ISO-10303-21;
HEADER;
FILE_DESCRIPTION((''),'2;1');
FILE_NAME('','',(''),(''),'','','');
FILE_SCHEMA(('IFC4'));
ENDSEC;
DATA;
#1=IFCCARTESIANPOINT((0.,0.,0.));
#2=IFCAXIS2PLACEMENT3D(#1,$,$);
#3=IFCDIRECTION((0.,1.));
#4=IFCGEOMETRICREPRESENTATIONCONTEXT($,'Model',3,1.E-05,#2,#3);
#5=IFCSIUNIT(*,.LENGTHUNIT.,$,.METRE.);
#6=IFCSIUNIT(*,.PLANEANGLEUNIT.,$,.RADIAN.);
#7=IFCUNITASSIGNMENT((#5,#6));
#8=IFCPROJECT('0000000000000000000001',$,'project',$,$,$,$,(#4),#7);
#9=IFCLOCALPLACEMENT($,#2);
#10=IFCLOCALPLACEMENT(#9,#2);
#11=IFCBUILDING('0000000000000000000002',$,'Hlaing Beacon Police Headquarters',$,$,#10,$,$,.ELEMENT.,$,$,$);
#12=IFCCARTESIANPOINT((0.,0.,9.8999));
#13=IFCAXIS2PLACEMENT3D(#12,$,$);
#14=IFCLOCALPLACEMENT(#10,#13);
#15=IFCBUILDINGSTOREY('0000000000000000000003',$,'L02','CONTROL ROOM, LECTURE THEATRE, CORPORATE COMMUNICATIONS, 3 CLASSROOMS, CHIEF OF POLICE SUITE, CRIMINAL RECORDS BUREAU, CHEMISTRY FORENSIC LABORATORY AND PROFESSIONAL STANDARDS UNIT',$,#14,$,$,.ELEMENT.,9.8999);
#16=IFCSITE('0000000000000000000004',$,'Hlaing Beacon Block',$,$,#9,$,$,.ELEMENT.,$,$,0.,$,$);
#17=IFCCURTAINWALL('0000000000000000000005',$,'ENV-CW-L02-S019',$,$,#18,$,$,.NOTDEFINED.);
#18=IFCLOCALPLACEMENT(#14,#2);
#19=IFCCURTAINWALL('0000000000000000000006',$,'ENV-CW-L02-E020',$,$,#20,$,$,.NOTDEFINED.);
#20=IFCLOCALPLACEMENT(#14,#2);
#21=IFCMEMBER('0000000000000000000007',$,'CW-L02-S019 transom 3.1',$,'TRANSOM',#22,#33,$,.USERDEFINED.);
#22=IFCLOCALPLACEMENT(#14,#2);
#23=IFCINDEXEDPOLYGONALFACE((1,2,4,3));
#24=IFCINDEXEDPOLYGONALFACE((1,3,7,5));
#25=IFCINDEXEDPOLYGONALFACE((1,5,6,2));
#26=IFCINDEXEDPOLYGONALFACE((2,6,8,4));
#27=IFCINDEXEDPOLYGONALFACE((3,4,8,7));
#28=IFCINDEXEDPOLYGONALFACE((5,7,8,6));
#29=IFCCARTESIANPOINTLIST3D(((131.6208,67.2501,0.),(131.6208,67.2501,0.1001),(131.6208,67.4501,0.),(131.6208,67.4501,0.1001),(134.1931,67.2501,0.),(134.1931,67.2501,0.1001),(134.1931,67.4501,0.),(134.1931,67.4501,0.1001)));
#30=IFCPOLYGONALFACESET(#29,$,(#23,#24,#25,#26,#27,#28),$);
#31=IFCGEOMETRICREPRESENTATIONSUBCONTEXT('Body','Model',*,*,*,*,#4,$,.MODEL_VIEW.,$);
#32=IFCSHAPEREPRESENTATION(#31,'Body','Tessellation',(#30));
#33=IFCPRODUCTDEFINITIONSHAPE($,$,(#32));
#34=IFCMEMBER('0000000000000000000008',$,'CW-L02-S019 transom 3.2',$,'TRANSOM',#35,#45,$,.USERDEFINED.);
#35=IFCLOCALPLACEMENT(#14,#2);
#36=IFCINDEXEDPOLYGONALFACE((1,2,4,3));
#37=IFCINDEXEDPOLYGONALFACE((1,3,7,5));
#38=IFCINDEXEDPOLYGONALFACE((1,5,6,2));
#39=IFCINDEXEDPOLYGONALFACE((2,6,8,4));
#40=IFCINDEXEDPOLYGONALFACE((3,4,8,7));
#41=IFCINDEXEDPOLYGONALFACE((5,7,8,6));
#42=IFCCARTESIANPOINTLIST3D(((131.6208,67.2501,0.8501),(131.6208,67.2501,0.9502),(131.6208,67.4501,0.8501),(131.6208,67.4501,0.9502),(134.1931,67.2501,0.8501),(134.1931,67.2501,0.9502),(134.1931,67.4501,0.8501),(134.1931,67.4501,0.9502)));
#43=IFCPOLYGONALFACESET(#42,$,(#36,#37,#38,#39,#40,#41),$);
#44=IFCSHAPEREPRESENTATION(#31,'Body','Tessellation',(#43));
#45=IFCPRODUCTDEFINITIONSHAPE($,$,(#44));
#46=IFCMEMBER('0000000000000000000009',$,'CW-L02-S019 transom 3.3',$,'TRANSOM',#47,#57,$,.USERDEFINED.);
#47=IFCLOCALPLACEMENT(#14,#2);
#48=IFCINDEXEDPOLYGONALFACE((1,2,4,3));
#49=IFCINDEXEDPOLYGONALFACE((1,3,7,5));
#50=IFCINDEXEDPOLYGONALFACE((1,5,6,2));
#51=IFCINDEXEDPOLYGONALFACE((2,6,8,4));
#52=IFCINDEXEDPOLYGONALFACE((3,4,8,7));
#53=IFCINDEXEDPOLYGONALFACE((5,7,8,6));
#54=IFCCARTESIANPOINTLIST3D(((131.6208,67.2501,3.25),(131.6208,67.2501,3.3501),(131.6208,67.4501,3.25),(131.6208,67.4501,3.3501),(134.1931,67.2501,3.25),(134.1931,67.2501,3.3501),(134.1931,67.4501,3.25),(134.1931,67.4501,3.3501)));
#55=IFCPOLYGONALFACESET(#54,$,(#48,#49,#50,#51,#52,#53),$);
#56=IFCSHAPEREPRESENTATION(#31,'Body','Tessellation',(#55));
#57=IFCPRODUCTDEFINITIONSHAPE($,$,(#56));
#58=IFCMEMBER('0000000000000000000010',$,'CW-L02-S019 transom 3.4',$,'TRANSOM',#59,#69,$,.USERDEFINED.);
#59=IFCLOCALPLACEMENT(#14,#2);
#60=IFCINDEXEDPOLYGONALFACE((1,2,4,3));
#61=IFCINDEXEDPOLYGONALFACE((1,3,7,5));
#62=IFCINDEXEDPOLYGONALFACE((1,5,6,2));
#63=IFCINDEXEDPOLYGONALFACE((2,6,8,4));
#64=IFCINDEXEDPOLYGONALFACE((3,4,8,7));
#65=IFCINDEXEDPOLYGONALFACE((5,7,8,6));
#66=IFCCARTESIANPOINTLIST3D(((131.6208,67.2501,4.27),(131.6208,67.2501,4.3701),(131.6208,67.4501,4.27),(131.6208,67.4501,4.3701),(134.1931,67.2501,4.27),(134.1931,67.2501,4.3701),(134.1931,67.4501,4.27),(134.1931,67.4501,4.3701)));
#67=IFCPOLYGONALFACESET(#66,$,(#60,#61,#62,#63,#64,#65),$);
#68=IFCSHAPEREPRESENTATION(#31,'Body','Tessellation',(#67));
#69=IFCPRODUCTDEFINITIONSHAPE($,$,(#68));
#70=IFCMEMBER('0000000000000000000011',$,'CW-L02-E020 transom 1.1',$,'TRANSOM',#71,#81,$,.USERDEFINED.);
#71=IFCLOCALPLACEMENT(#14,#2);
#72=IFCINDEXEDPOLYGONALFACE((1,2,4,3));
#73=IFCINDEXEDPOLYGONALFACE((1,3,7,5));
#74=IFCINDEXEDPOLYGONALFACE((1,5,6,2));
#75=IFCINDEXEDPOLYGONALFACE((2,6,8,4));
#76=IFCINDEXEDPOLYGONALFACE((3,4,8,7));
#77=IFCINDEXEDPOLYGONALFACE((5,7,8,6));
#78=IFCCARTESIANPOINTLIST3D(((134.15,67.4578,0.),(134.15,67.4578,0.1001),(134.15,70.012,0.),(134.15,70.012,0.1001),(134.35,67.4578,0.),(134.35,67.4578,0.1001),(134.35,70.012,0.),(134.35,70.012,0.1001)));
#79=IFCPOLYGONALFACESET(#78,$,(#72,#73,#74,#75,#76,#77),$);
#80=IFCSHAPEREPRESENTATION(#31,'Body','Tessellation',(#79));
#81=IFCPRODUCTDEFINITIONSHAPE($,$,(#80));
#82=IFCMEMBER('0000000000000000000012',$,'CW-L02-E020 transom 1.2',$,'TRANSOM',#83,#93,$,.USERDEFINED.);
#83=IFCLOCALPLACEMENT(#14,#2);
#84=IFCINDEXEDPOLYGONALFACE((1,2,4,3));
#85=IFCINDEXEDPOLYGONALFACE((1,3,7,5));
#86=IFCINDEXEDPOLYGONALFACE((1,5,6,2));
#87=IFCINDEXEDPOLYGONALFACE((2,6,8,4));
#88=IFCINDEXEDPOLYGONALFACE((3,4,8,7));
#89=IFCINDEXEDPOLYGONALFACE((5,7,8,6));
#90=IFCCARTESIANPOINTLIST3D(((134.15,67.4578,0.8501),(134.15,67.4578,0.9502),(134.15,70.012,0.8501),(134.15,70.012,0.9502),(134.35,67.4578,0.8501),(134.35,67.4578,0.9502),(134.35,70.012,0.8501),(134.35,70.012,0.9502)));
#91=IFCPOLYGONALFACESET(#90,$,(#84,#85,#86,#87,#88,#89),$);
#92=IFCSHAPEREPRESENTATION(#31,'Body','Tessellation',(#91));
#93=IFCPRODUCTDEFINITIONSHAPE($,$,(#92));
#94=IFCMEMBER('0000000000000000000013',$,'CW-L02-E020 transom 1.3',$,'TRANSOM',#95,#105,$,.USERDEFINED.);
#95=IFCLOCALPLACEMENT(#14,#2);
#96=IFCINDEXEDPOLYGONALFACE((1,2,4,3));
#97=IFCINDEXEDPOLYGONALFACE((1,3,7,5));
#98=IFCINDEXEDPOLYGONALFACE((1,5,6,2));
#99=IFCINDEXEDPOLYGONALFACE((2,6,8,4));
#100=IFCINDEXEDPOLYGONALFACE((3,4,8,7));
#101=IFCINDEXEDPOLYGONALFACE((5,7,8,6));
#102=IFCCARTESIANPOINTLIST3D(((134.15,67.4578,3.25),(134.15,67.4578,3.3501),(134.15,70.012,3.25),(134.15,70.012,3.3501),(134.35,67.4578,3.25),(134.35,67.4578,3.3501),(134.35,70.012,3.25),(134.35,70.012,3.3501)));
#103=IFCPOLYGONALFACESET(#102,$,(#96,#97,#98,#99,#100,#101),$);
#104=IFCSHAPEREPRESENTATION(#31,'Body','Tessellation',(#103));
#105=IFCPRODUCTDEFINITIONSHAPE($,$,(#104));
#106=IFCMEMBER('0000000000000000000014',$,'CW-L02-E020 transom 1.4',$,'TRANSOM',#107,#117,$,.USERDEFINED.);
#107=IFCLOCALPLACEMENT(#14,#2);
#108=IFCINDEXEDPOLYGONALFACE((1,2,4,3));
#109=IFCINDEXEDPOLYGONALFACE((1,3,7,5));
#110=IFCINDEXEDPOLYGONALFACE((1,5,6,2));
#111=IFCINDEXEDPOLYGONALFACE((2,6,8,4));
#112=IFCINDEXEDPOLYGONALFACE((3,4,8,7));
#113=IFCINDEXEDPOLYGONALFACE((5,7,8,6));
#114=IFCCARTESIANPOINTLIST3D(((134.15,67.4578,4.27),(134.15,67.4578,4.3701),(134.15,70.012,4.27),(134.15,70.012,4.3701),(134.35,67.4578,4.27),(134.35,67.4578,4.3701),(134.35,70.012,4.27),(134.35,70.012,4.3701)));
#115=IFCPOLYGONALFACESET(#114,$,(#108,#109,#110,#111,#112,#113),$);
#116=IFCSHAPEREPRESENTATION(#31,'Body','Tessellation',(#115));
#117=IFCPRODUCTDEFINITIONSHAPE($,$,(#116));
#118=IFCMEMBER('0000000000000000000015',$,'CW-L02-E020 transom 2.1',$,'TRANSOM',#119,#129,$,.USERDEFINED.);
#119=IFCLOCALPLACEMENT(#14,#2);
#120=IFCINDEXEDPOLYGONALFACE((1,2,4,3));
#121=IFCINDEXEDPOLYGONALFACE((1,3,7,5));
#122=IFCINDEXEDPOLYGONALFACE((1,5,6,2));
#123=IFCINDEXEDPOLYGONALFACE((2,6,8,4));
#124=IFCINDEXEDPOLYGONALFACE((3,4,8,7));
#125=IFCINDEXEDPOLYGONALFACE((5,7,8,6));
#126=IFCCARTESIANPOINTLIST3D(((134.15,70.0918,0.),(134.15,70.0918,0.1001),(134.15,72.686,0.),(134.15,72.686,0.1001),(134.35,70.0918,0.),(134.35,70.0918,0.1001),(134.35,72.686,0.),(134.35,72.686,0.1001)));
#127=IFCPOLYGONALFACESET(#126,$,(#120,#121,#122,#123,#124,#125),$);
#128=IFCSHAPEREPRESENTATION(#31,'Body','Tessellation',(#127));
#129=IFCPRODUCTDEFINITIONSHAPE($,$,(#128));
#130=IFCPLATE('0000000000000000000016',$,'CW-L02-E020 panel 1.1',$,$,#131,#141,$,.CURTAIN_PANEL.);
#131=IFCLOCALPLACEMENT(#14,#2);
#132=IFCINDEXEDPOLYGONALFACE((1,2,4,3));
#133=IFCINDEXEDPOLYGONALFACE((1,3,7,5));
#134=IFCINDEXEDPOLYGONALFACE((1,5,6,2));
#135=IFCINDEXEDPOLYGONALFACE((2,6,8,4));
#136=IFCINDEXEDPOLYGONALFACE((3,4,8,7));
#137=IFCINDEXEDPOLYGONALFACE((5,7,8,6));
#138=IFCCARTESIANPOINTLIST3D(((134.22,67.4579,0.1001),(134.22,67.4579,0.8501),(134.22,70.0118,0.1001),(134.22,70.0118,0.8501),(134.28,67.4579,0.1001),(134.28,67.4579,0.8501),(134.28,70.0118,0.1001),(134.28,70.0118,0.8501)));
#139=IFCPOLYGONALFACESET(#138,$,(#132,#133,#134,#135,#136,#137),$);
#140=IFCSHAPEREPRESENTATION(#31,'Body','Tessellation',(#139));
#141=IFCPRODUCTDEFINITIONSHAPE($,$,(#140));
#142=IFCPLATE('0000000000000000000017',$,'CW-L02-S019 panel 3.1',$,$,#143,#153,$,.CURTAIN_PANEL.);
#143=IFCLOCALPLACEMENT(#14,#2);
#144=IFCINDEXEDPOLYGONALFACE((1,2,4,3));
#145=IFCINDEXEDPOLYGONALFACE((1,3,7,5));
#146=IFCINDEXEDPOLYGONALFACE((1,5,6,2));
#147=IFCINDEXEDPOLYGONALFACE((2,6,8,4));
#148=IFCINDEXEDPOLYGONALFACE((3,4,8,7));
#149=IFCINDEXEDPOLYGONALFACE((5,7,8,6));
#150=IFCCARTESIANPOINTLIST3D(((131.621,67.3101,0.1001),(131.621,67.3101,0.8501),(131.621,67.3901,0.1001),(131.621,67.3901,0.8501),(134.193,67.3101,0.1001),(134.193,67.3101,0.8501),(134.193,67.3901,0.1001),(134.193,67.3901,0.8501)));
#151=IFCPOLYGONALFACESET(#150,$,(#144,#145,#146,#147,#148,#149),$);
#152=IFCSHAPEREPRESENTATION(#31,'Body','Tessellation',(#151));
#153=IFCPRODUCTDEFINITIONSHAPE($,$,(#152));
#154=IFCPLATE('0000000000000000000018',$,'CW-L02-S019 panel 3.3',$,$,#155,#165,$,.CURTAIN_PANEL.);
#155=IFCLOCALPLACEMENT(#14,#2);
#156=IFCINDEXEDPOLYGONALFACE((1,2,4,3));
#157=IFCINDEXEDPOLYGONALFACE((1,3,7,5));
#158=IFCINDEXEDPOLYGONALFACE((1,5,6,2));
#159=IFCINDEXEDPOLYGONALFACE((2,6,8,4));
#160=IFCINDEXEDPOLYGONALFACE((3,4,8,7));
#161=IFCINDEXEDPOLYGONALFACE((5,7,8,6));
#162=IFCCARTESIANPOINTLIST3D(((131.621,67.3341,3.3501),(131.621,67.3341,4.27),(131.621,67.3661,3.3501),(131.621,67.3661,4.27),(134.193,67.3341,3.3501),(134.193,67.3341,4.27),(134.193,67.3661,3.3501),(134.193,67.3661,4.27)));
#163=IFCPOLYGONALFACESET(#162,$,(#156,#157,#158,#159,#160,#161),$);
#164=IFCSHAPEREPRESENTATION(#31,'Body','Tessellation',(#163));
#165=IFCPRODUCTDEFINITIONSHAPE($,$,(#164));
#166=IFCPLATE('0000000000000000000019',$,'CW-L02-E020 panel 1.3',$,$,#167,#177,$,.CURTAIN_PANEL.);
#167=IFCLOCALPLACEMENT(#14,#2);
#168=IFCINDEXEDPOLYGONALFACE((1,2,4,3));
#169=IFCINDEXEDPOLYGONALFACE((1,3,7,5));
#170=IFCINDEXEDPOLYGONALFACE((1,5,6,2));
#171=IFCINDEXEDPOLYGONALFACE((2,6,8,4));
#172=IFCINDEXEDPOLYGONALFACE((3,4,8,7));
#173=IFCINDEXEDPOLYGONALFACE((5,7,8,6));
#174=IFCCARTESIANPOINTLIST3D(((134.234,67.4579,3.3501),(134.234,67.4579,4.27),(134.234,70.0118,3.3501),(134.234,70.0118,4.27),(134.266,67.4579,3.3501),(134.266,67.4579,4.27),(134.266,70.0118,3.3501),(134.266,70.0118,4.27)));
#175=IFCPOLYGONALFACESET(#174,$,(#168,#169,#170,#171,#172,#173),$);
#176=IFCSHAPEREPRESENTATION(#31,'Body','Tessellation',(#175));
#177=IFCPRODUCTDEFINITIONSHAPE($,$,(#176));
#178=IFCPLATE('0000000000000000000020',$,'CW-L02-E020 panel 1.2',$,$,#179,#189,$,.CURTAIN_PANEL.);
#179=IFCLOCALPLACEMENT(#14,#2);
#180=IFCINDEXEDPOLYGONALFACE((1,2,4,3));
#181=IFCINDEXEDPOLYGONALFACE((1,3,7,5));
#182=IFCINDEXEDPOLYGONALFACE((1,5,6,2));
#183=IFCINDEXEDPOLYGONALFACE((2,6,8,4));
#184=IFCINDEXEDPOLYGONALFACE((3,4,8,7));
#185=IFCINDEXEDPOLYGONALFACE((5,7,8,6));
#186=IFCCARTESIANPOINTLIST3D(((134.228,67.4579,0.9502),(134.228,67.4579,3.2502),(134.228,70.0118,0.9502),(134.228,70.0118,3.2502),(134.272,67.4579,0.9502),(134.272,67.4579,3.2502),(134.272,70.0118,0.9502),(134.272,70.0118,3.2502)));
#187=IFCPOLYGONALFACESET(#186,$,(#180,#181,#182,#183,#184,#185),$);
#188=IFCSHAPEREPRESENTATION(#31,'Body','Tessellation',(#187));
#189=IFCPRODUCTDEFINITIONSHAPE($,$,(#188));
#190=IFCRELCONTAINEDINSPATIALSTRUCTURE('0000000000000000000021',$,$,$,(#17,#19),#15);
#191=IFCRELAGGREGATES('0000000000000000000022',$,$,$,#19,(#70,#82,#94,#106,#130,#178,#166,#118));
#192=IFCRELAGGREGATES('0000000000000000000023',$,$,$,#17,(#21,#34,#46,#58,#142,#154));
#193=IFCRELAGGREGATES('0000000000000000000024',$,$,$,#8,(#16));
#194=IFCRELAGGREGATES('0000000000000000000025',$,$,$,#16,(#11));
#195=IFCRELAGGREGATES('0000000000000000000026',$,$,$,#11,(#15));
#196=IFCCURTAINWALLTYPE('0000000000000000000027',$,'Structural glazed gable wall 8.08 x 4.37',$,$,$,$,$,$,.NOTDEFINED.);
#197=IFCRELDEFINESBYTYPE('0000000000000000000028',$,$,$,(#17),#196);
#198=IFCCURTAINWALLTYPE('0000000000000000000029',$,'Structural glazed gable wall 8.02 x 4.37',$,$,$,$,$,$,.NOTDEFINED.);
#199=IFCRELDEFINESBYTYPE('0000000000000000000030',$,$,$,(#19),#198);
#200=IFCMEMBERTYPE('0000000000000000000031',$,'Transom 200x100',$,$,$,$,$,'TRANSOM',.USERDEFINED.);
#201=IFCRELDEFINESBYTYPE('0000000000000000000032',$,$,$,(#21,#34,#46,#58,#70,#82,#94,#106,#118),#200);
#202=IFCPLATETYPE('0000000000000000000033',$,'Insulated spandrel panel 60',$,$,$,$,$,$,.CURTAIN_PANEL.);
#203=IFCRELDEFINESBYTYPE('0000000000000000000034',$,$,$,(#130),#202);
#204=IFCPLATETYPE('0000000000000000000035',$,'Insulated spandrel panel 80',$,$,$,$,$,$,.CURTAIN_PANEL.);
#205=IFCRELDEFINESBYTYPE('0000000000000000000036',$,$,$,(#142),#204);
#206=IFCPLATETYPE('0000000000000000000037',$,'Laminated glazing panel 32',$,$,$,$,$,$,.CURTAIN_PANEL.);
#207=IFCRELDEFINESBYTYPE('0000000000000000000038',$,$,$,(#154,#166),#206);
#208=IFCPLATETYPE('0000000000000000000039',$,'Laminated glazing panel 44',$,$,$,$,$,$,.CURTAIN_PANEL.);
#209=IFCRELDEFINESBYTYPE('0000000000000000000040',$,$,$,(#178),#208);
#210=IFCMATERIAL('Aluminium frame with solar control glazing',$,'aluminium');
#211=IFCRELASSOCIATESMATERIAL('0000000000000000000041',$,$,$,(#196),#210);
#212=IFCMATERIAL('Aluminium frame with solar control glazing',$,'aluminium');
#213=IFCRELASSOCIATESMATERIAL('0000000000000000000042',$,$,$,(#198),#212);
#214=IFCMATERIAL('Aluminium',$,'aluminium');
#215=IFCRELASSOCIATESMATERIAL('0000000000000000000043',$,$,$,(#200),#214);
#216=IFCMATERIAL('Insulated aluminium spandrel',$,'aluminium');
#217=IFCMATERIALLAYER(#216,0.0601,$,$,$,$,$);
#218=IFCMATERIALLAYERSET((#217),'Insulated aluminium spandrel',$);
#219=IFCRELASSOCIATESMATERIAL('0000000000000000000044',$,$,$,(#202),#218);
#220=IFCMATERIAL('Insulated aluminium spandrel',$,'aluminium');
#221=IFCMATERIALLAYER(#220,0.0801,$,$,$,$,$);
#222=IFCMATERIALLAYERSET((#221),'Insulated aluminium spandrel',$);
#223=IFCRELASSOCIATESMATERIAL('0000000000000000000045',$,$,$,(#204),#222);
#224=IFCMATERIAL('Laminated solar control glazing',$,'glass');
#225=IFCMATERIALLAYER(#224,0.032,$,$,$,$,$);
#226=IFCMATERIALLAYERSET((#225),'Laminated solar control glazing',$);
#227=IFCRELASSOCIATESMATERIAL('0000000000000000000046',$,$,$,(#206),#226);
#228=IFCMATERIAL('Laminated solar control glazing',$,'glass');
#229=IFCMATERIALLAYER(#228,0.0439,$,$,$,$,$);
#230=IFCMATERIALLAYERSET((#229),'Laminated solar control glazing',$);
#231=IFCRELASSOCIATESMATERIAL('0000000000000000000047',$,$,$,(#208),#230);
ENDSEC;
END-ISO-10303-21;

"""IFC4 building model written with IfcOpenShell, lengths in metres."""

from ifc_helpers import new_model, si_unit, direction, frame, origin, origin_2d, place, context, subcontext, project, spatial, rectangle, extrude, material, layer, layer_set, material_profile, profile_set, type_object, element, aggregate, save


model = new_model("IFC4")

# Units and contexts
model_context = context("Model", 3, precision=1e-05, world=origin(), true_north=direction((0.0, 1.0)))
body_context = subcontext(model_context, "Body", "Model", "MODEL_VIEW")
ifc_project = project(units=[si_unit("LENGTHUNIT", "METRE"), si_unit("PLANEANGLEUNIT", "RADIAN")], contexts=[model_context])

# Site, building, storey
site_placement = place(None, origin())
site = spatial("IfcSite", under=ifc_project, at=site_placement, Name="Hlaing Beacon Block", CompositionType="ELEMENT", RefElevation=0.0)
building_placement = place(site_placement, origin())
building = spatial("IfcBuilding", under=site, at=building_placement, Name="Hlaing Beacon Police Headquarters", CompositionType="ELEMENT")
storey_placement = place(building_placement, frame((0.0, 0.0, 9.8999)))
storey = spatial("IfcBuildingStorey", under=building, at=storey_placement, Name="L02", Description="CONTROL ROOM, LECTURE THEATRE, CORPORATE COMMUNICATIONS, 3 CLASSROOMS, CHIEF OF POLICE SUITE, CRIMINAL RECORDS BUREAU, CHEMISTRY FORENSIC LABORATORY AND PROFESSIONAL STANDARDS UNIT", CompositionType="ELEMENT", Elevation=9.8999)

# Curtain wall
ifc_material_1 = material(Name="Aluminium frame with solar control glazing", Category="aluminium")
curtain_wall_type_1 = type_object("IfcCurtainWallType", Name="Structural glazed gable wall 8.08 x 4.37", PredefinedType="NOTDEFINED", material=ifc_material_1)
curtain_wall_1_placement = place(storey_placement, origin())
curtain_wall_1 = element("IfcCurtainWall", 1, at=curtain_wall_1_placement, inside=storey, type_object=curtain_wall_type_1, Name="ENV-CW-L02-S019", PredefinedType="NOTDEFINED")

# Curtain wall
ifc_material_2 = material(Name="Aluminium frame with solar control glazing", Category="aluminium")
curtain_wall_type_2 = type_object("IfcCurtainWallType", Name="Structural glazed gable wall 8.02 x 4.37", PredefinedType="NOTDEFINED", material=ifc_material_2)
curtain_wall_2_placement = place(storey_placement, origin())
curtain_wall_2 = element("IfcCurtainWall", 2, at=curtain_wall_2_placement, inside=storey, type_object=curtain_wall_type_2, Name="ENV-CW-L02-E020", PredefinedType="NOTDEFINED")

# Members
ifc_material_3 = material(Name="Aluminium", Category="aluminium")
ifc_material_profile_1 = material_profile(ifc_material_3, rectangle(XDim=0.2, YDim=0.1001, at=origin_2d()), Name="Transom 200x100")
ifc_profile_set_1 = profile_set([ifc_material_profile_1], Name="Aluminium")
member_type_1 = type_object("IfcMemberType", Name="Transom 200x100", ElementType="TRANSOM", PredefinedType="USERDEFINED", material=ifc_profile_set_1)
member_1_placement = place(storey_placement, frame((131.6208, 67.3501, 0.05), z_axis=(1.0, 0.0, 0.0), x_axis=(0.0, 1.0, 0.0)))
member_1 = element("IfcMember", 3, at=member_1_placement, type_object=member_type_1, Name="CW-L02-S019 transom 3.1", ObjectType="TRANSOM", PredefinedType="USERDEFINED", context=body_context, shape_type="SweptSolid", body=[
    extrude(rectangle(XDim=0.2, YDim=0.1001, at=origin_2d()), origin(), (0.0, 0.0, 1.0), 2.5723),
])
member_2_placement = place(storey_placement, frame((131.6208, 67.3501, 0.9001), z_axis=(1.0, 0.0, 0.0), x_axis=(0.0, 1.0, 0.0)))
member_2 = element("IfcMember", 4, at=member_2_placement, type_object=member_type_1, Name="CW-L02-S019 transom 3.2", ObjectType="TRANSOM", PredefinedType="USERDEFINED", context=body_context, shape_type="SweptSolid", body=[
    extrude(rectangle(XDim=0.2, YDim=0.1001, at=origin_2d()), origin(), (0.0, 0.0, 1.0), 2.5723),
])
member_3_placement = place(storey_placement, frame((131.6208, 67.3501, 3.3), z_axis=(1.0, 0.0, 0.0), x_axis=(0.0, 1.0, 0.0)))
member_3 = element("IfcMember", 5, at=member_3_placement, type_object=member_type_1, Name="CW-L02-S019 transom 3.3", ObjectType="TRANSOM", PredefinedType="USERDEFINED", context=body_context, shape_type="SweptSolid", body=[
    extrude(rectangle(XDim=0.2, YDim=0.1001, at=origin_2d()), origin(), (0.0, 0.0, 1.0), 2.5723),
])
member_4_placement = place(storey_placement, frame((131.6208, 67.3501, 4.3201), z_axis=(1.0, 0.0, 0.0), x_axis=(0.0, 1.0, 0.0)))
member_4 = element("IfcMember", 6, at=member_4_placement, type_object=member_type_1, Name="CW-L02-S019 transom 3.4", ObjectType="TRANSOM", PredefinedType="USERDEFINED", context=body_context, shape_type="SweptSolid", body=[
    extrude(rectangle(XDim=0.2, YDim=0.1001, at=origin_2d()), origin(), (0.0, 0.0, 1.0), 2.5723),
])
member_5_placement = place(storey_placement, frame((134.25, 67.4578, 0.05), z_axis=(0.0, 1.0, 0.0), x_axis=(-1.0, 0.0, 0.0)))
member_5 = element("IfcMember", 7, at=member_5_placement, type_object=member_type_1, Name="CW-L02-E020 transom 1.1", ObjectType="TRANSOM", PredefinedType="USERDEFINED", context=body_context, shape_type="SweptSolid", body=[
    extrude(rectangle(XDim=0.2, YDim=0.1001, at=origin_2d()), origin(), (0.0, 0.0, 1.0), 2.5542),
])
member_6_placement = place(storey_placement, frame((134.25, 67.4578, 0.9001), z_axis=(0.0, 1.0, 0.0), x_axis=(-1.0, 0.0, 0.0)))
member_6 = element("IfcMember", 8, at=member_6_placement, type_object=member_type_1, Name="CW-L02-E020 transom 1.2", ObjectType="TRANSOM", PredefinedType="USERDEFINED", context=body_context, shape_type="SweptSolid", body=[
    extrude(rectangle(XDim=0.2, YDim=0.1001, at=origin_2d()), origin(), (0.0, 0.0, 1.0), 2.5542),
])
member_7_placement = place(storey_placement, frame((134.25, 67.4578, 3.3), z_axis=(0.0, 1.0, 0.0), x_axis=(-1.0, 0.0, 0.0)))
member_7 = element("IfcMember", 9, at=member_7_placement, type_object=member_type_1, Name="CW-L02-E020 transom 1.3", ObjectType="TRANSOM", PredefinedType="USERDEFINED", context=body_context, shape_type="SweptSolid", body=[
    extrude(rectangle(XDim=0.2, YDim=0.1001, at=origin_2d()), origin(), (0.0, 0.0, 1.0), 2.5542),
])
member_8_placement = place(storey_placement, frame((134.25, 67.4578, 4.3201), z_axis=(0.0, 1.0, 0.0), x_axis=(-1.0, 0.0, 0.0)))
member_8 = element("IfcMember", 10, at=member_8_placement, type_object=member_type_1, Name="CW-L02-E020 transom 1.4", ObjectType="TRANSOM", PredefinedType="USERDEFINED", context=body_context, shape_type="SweptSolid", body=[
    extrude(rectangle(XDim=0.2, YDim=0.1001, at=origin_2d()), origin(), (0.0, 0.0, 1.0), 2.5542),
])
member_9_placement = place(storey_placement, frame((134.25, 70.0918, 0.05), z_axis=(0.0, 1.0, 0.0), x_axis=(-1.0, 0.0, 0.0)))
member_9 = element("IfcMember", 11, at=member_9_placement, type_object=member_type_1, Name="CW-L02-E020 transom 2.1", ObjectType="TRANSOM", PredefinedType="USERDEFINED", context=body_context, shape_type="SweptSolid", body=[
    extrude(rectangle(XDim=0.2, YDim=0.1001, at=origin_2d()), origin(), (0.0, 0.0, 1.0), 2.5942),
])

# Plates
ifc_material_4 = material(Name="Insulated aluminium spandrel", Category="aluminium")
ifc_layer_1 = layer(ifc_material_4, 0.0601)
ifc_layer_set_1 = layer_set([ifc_layer_1], Name="Insulated aluminium spandrel")
plate_type_1 = type_object("IfcPlateType", Name="Insulated spandrel panel 60", PredefinedType="CURTAIN_PANEL", material=ifc_layer_set_1)
plate_1_placement = place(storey_placement, frame((134.25, 68.7349, 0.1001), z_axis=(0.0, 0.0, 1.0), x_axis=(0.0, 1.0, 0.0)))
plate_1 = element("IfcPlate", 12, at=plate_1_placement, type_object=plate_type_1, Name="CW-L02-E020 panel 1.1", PredefinedType="CURTAIN_PANEL", context=body_context, shape_type="SweptSolid", body=[
    extrude(rectangle(XDim=2.554, YDim=0.0601, at=origin_2d()), origin(), (0.0, 0.0, 1.0), 0.75),
])
ifc_material_5 = material(Name="Insulated aluminium spandrel", Category="aluminium")
ifc_layer_2 = layer(ifc_material_5, 0.0801)
ifc_layer_set_2 = layer_set([ifc_layer_2], Name="Insulated aluminium spandrel")
plate_type_2 = type_object("IfcPlateType", Name="Insulated spandrel panel 80", PredefinedType="CURTAIN_PANEL", material=ifc_layer_set_2)
plate_2_placement = place(storey_placement, frame((132.907, 67.3501, 0.1001), z_axis=(0.0, 0.0, 1.0), x_axis=(1.0, 0.0, 0.0)))
plate_2 = element("IfcPlate", 13, at=plate_2_placement, type_object=plate_type_2, Name="CW-L02-S019 panel 3.1", PredefinedType="CURTAIN_PANEL", context=body_context, shape_type="SweptSolid", body=[
    extrude(rectangle(XDim=2.572, YDim=0.0801, at=origin_2d()), origin(), (0.0, 0.0, 1.0), 0.75),
])
ifc_material_6 = material(Name="Laminated solar control glazing", Category="glass")
ifc_layer_3 = layer(ifc_material_6, 0.032)
ifc_layer_set_3 = layer_set([ifc_layer_3], Name="Laminated solar control glazing")
plate_type_3 = type_object("IfcPlateType", Name="Laminated glazing panel 32", PredefinedType="CURTAIN_PANEL", material=ifc_layer_set_3)
plate_3_placement = place(storey_placement, frame((132.907, 67.3501, 3.3501), z_axis=(0.0, 0.0, 1.0), x_axis=(1.0, 0.0, 0.0)))
plate_3 = element("IfcPlate", 14, at=plate_3_placement, type_object=plate_type_3, Name="CW-L02-S019 panel 3.3", PredefinedType="CURTAIN_PANEL", context=body_context, shape_type="SweptSolid", body=[
    extrude(rectangle(XDim=2.572, YDim=0.032, at=origin_2d()), origin(), (0.0, 0.0, 1.0), 0.9199),
])
plate_4_placement = place(storey_placement, frame((134.25, 68.7349, 3.3501), z_axis=(0.0, 0.0, 1.0), x_axis=(0.0, 1.0, 0.0)))
plate_4 = element("IfcPlate", 15, at=plate_4_placement, type_object=plate_type_3, Name="CW-L02-E020 panel 1.3", PredefinedType="CURTAIN_PANEL", context=body_context, shape_type="SweptSolid", body=[
    extrude(rectangle(XDim=2.554, YDim=0.032, at=origin_2d()), origin(), (0.0, 0.0, 1.0), 0.9199),
])
ifc_material_7 = material(Name="Laminated solar control glazing", Category="glass")
ifc_layer_4 = layer(ifc_material_7, 0.0439)
ifc_layer_set_4 = layer_set([ifc_layer_4], Name="Laminated solar control glazing")
plate_type_4 = type_object("IfcPlateType", Name="Laminated glazing panel 44", PredefinedType="CURTAIN_PANEL", material=ifc_layer_set_4)
plate_5_placement = place(storey_placement, frame((134.25, 68.7349, 0.9502), z_axis=(0.0, 0.0, 1.0), x_axis=(0.0, 1.0, 0.0)))
plate_5 = element("IfcPlate", 16, at=plate_5_placement, type_object=plate_type_4, Name="CW-L02-E020 panel 1.2", PredefinedType="CURTAIN_PANEL", context=body_context, shape_type="SweptSolid", body=[
    extrude(rectangle(XDim=2.554, YDim=0.0439, at=origin_2d()), origin(), (0.0, 0.0, 1.0), 2.3),
])
aggregate(curtain_wall_2, [member_5, member_6, member_7, member_8, plate_1, plate_5, plate_4, member_9])
aggregate(curtain_wall_1, [member_1, member_2, member_3, member_4, plate_2, plate_3])

save(model, "model.ifc")
